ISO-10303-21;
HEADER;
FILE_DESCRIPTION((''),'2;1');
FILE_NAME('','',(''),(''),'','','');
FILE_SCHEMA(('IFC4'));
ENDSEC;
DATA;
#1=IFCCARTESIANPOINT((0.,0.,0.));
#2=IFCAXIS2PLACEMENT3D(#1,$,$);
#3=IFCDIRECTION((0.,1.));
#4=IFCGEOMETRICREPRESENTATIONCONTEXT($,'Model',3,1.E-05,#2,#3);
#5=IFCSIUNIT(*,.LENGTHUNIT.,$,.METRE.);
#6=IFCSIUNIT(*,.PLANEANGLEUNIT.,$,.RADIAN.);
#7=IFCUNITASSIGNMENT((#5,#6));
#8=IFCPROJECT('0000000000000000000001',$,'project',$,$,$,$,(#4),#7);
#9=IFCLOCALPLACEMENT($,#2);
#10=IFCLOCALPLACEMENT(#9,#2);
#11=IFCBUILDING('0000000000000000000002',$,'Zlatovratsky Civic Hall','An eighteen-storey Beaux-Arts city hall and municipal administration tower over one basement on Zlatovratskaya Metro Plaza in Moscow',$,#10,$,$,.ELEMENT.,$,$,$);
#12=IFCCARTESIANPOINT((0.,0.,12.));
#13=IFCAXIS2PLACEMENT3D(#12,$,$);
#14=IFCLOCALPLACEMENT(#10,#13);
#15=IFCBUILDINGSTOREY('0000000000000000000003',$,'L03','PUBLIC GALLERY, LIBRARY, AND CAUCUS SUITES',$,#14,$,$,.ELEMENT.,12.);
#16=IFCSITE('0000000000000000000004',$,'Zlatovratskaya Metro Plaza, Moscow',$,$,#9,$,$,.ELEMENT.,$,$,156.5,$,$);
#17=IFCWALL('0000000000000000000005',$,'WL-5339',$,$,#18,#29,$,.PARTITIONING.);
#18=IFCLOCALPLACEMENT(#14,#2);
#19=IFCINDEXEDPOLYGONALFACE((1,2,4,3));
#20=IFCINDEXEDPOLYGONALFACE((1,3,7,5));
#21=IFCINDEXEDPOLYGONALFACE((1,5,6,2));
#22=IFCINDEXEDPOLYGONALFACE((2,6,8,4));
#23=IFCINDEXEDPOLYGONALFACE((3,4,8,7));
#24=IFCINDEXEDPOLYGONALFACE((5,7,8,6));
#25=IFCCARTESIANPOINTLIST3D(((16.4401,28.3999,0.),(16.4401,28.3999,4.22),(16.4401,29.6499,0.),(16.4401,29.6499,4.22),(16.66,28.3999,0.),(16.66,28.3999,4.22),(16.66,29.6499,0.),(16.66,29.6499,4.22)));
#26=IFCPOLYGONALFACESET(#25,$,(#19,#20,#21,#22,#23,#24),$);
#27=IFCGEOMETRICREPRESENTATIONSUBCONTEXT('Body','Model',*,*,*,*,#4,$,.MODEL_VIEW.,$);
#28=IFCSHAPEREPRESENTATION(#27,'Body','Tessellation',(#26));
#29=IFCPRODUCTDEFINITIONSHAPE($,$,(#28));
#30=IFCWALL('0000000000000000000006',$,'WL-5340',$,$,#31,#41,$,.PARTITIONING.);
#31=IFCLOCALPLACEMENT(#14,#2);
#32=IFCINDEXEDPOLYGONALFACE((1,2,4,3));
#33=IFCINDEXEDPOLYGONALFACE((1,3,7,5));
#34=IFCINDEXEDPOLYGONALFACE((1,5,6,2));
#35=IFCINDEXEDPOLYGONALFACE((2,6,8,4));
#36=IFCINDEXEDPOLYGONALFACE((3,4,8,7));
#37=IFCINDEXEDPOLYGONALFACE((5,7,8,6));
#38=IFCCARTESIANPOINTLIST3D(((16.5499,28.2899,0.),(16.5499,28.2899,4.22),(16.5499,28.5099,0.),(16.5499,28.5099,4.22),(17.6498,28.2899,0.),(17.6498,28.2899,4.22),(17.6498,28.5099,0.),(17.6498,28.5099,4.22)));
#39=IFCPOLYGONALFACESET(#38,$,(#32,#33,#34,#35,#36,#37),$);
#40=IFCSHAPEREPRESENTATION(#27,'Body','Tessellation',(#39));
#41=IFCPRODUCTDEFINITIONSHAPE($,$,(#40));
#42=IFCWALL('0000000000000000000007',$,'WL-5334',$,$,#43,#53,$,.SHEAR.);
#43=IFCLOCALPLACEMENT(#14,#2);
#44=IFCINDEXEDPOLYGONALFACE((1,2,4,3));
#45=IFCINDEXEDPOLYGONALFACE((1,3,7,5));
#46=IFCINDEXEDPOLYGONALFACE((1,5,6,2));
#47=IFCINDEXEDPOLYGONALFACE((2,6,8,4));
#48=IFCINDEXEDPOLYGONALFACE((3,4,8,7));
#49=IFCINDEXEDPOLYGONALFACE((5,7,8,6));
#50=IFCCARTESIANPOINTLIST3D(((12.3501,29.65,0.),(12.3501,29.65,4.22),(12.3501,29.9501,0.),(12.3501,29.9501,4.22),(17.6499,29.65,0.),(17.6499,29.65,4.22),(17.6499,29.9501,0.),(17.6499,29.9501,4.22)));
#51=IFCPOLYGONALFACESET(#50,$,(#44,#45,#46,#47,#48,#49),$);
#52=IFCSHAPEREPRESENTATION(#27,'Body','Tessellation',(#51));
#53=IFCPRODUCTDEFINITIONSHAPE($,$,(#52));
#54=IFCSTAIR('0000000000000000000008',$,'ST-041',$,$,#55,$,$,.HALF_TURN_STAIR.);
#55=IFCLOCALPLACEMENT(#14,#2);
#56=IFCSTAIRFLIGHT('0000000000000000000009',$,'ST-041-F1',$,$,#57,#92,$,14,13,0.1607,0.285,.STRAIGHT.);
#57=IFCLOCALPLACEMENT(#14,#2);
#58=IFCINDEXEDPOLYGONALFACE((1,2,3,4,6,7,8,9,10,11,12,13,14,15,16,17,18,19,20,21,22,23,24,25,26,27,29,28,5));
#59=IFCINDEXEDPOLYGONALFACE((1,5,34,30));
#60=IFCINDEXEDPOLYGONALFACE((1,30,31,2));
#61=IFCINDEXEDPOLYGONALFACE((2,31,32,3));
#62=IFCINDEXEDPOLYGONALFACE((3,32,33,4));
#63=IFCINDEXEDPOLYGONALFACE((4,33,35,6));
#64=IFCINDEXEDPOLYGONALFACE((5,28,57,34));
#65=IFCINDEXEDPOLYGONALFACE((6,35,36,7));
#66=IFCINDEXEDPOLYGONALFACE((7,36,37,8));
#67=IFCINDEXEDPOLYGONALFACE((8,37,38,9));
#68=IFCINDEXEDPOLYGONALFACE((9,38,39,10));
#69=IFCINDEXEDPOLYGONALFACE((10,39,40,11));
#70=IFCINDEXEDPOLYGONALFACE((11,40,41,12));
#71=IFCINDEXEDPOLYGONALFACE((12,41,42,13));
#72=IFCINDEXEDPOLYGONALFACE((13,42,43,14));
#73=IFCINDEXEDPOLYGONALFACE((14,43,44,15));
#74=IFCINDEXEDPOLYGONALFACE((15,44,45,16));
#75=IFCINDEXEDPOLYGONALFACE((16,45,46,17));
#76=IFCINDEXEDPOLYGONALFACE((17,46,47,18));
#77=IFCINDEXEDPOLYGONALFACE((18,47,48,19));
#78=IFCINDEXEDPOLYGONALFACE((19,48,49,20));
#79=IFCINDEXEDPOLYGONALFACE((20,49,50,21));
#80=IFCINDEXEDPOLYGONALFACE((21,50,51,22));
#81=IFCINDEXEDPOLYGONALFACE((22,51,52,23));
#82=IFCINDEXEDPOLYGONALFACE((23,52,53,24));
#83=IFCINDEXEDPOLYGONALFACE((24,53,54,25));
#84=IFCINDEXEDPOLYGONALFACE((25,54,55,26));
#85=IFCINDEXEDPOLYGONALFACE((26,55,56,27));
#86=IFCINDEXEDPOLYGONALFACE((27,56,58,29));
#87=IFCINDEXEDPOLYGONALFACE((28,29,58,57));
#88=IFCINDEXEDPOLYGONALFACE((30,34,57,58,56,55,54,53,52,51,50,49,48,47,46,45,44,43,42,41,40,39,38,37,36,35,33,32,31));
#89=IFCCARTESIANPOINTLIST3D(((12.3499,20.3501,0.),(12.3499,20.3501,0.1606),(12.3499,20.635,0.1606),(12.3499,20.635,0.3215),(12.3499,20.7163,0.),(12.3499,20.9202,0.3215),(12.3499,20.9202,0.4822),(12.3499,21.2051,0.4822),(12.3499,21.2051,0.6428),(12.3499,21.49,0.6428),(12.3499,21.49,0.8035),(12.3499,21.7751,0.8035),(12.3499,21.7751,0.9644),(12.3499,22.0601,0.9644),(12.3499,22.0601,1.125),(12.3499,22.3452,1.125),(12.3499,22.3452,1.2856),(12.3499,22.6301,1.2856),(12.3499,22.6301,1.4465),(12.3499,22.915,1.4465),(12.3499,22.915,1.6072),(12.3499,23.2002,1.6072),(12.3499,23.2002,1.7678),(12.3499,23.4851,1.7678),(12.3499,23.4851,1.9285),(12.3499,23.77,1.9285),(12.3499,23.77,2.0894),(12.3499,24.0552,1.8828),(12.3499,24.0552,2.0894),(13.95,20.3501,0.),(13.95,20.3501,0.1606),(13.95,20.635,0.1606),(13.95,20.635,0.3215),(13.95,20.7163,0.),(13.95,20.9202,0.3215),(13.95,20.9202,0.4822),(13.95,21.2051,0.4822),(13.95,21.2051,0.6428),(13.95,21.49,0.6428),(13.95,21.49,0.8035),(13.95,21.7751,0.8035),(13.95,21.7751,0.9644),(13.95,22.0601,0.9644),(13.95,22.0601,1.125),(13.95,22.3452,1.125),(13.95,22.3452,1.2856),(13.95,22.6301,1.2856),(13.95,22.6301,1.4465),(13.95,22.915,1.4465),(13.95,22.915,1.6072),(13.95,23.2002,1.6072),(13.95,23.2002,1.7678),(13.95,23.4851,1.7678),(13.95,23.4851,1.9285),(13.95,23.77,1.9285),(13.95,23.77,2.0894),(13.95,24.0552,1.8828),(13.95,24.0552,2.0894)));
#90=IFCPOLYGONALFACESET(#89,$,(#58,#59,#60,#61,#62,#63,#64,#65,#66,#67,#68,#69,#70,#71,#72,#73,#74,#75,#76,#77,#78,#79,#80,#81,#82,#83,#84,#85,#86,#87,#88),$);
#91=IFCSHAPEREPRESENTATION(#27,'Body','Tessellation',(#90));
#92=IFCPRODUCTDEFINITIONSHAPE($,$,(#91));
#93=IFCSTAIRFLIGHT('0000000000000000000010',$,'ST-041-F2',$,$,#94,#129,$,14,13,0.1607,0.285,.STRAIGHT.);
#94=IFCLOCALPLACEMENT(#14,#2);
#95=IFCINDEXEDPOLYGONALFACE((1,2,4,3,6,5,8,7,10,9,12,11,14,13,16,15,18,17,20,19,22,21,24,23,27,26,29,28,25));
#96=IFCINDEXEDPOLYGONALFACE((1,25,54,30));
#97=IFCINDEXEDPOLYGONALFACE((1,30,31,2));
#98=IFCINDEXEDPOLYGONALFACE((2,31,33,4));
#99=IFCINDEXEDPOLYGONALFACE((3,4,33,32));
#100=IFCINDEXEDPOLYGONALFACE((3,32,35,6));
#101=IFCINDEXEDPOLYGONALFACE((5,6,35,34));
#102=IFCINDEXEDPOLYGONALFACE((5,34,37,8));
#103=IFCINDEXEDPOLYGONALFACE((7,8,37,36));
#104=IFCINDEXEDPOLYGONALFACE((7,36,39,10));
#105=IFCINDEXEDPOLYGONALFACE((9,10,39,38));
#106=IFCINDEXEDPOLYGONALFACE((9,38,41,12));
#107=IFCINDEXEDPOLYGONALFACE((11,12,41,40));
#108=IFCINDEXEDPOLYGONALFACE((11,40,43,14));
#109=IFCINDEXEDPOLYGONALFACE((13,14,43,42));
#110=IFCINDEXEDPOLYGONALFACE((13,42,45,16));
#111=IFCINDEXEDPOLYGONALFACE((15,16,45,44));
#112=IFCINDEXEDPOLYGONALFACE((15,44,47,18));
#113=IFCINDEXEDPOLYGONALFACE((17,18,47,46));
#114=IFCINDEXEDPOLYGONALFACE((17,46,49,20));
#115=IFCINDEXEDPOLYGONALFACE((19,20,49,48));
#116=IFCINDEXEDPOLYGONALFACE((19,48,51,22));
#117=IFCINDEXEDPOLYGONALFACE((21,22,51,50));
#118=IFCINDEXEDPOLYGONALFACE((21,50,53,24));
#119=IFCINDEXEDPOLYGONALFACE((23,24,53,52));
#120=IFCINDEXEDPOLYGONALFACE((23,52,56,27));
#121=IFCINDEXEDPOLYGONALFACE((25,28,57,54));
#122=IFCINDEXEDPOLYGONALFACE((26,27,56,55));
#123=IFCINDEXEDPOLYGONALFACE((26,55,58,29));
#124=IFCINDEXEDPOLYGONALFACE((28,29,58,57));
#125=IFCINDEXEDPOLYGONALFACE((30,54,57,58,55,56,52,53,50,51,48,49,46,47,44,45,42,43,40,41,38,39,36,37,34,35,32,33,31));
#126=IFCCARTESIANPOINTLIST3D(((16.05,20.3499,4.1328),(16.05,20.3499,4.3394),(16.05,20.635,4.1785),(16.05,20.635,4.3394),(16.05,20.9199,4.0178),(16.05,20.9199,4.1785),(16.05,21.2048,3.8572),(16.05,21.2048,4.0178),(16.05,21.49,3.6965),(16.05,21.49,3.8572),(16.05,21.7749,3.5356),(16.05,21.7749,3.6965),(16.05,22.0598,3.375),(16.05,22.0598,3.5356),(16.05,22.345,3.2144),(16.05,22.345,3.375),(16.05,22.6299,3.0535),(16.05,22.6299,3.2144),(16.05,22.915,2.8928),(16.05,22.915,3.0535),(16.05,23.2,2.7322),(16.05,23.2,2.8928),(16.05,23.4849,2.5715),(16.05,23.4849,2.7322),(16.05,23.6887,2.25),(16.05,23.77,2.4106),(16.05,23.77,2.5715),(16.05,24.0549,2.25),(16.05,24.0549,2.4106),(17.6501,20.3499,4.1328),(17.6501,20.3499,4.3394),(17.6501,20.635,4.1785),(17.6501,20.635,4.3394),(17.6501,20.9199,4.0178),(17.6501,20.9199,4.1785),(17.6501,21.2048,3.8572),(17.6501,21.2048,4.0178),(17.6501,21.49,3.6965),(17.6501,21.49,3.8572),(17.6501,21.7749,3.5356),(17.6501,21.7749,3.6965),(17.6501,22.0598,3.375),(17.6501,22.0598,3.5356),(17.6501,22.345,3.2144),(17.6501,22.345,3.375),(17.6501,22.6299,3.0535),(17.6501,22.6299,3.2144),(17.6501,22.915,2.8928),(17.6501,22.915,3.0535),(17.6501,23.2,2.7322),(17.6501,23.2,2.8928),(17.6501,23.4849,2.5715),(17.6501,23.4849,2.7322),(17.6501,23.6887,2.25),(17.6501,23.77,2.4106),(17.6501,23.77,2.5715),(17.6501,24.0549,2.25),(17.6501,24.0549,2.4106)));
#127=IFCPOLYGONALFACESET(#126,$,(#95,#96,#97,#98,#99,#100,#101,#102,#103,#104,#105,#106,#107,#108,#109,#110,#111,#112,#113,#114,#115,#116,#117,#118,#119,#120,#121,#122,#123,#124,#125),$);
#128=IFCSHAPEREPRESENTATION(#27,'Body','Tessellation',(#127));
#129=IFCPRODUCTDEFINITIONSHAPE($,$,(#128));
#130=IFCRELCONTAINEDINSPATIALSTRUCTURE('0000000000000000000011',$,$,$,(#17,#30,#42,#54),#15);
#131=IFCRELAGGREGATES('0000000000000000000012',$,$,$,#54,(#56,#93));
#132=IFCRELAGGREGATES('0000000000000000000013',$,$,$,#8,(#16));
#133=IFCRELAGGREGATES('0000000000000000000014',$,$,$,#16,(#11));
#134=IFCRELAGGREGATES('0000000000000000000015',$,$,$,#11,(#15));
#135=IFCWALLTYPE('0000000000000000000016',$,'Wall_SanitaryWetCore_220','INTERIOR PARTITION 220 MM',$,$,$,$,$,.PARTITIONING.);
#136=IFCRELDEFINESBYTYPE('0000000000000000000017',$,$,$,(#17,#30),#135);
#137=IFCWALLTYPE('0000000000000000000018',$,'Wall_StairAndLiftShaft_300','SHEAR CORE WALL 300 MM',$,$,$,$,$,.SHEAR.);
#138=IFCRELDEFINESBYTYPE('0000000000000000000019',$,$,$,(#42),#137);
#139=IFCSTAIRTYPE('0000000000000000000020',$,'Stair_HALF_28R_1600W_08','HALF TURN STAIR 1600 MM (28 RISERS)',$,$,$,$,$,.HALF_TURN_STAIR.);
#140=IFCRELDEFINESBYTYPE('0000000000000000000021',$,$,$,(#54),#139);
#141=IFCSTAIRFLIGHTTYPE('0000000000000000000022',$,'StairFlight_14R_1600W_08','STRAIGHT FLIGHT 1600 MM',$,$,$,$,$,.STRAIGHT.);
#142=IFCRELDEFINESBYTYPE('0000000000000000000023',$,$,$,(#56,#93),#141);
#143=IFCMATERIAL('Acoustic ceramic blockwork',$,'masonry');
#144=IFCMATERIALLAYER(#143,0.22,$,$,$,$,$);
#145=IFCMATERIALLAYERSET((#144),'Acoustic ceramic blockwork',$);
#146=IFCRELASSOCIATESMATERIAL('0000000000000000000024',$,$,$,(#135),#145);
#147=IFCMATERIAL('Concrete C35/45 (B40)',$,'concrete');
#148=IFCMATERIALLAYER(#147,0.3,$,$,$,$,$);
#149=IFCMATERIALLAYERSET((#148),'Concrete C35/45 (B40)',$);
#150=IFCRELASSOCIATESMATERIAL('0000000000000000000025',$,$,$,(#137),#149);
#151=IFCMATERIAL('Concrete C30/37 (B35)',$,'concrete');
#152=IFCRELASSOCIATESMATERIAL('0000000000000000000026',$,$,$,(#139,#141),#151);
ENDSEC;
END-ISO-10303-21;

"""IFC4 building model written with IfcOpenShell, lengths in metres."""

from ifc_helpers import new_model, si_unit, direction, frame, frame_2d, origin, place, context, subcontext, project, spatial, polyline, rectangle, outline, extrude, material, layer, layer_set, type_object, element, aggregate, save


model = new_model("IFC4")

# Units and contexts
model_context = context("Model", 3, precision=1e-05, world=origin(), true_north=direction((0.0, 1.0)))
body_context = subcontext(model_context, "Body", "Model", "MODEL_VIEW")
ifc_project = project(units=[si_unit("LENGTHUNIT", "METRE"), si_unit("PLANEANGLEUNIT", "RADIAN")], contexts=[model_context])

# Site, building, storey
site_placement = place(None, origin())
site = spatial("IfcSite", under=ifc_project, at=site_placement, Name="Zlatovratskaya Metro Plaza, Moscow", CompositionType="ELEMENT", RefElevation=156.5)
building_placement = place(site_placement, origin())
building = spatial("IfcBuilding", under=site, at=building_placement, Name="Zlatovratsky Civic Hall", Description="An eighteen-storey Beaux-Arts city hall and municipal administration tower over one basement on Zlatovratskaya Metro Plaza in Moscow", CompositionType="ELEMENT")
storey_placement = place(building_placement, frame((0.0, 0.0, 12.0)))
storey = spatial("IfcBuildingStorey", under=building, at=storey_placement, Name="L03", Description="PUBLIC GALLERY, LIBRARY, AND CAUCUS SUITES", CompositionType="ELEMENT", Elevation=12.0)

# Shared definitions
ifc_material_1 = material(Name="Concrete C35/45 (B40)", Category="concrete")

# Shared definitions
ifc_material_2 = material(Name="Acoustic ceramic blockwork", Category="masonry")

# Walls
ifc_layer_1 = layer(ifc_material_2, 0.22)
ifc_layer_set_1 = layer_set([ifc_layer_1], Name="Acoustic ceramic blockwork")
wall_type_1 = type_object("IfcWallType", Name="Wall_SanitaryWetCore_220", Description="INTERIOR PARTITION 220 MM", PredefinedType="PARTITIONING", material=ifc_layer_set_1)
wall_1_placement = place(storey_placement, frame((16.55, 28.3999, 0.0), z_axis=(0.0, 0.0, 1.0), x_axis=(0.0, 1.0, 0.0)))
element("IfcWall", 1, at=wall_1_placement, inside=storey, type_object=wall_type_1, Name="WL-5339", PredefinedType="PARTITIONING", context=body_context, shape_type="SweptSolid", body=[
    extrude(rectangle(XDim=1.25, YDim=0.22, at=frame_2d((0.625, 0.0))), origin(), (0.0, 0.0, 1.0), 4.22),
])
wall_2_placement = place(storey_placement, frame((16.55, 28.3999, 0.0), z_axis=(0.0, 0.0, 1.0), x_axis=(1.0, 0.0, 0.0)))
element("IfcWall", 2, at=wall_2_placement, inside=storey, type_object=wall_type_1, Name="WL-5340", PredefinedType="PARTITIONING", context=body_context, shape_type="SweptSolid", body=[
    extrude(rectangle(XDim=1.0999, YDim=0.22, at=frame_2d((0.5498, 0.0))), origin(), (0.0, 0.0, 1.0), 4.22),
])
ifc_layer_2 = layer(ifc_material_1, 0.3)
ifc_layer_set_2 = layer_set([ifc_layer_2], Name="Concrete C35/45 (B40)")
wall_type_2 = type_object("IfcWallType", Name="Wall_StairAndLiftShaft_300", Description="SHEAR CORE WALL 300 MM", PredefinedType="SHEAR", material=ifc_layer_set_2)
wall_3_placement = place(storey_placement, frame((12.3501, 29.8, 0.0), z_axis=(0.0, 0.0, 1.0), x_axis=(1.0, 0.0, 0.0)))
element("IfcWall", 3, at=wall_3_placement, inside=storey, type_object=wall_type_2, Name="WL-5334", PredefinedType="SHEAR", context=body_context, shape_type="SweptSolid", body=[
    extrude(rectangle(XDim=5.2998, YDim=0.3, at=frame_2d((2.6499, 0.0))), origin(), (0.0, 0.0, 1.0), 4.22),
])

# Stair, stair flights
ifc_material_3 = material(Name="Concrete C30/37 (B35)", Category="concrete")
stair_type = type_object("IfcStairType", Name="Stair_HALF_28R_1600W_08", Description="HALF TURN STAIR 1600 MM (28 RISERS)", PredefinedType="HALF_TURN_STAIR", material=ifc_material_3)
stair_placement = place(storey_placement, origin())
stair = element("IfcStair", 4, at=stair_placement, inside=storey, type_object=stair_type, Name="ST-041", PredefinedType="HALF_TURN_STAIR")
stair_flight_type = type_object("IfcStairFlightType", Name="StairFlight_14R_1600W_08", Description="STRAIGHT FLIGHT 1600 MM", PredefinedType="STRAIGHT", material=ifc_material_3)
stair_flight_1_placement = place(storey_placement, frame((13.1499, 20.3501, 0.0), z_axis=(0.0, 0.0, 1.0), x_axis=(0.0, 1.0, 0.0)))
stair_flight_1 = element("IfcStairFlight", 5, at=stair_flight_1_placement, type_object=stair_flight_type, Name="ST-041-F1", NumberOfRisers=14, NumberOfTreads=13, PredefinedType="STRAIGHT", RiserHeight=0.1607, TreadLength=0.285, context=body_context, shape_type="SweptSolid", body=[
    extrude(outline(polyline([(0.0, 0.0), (0.0, 0.1606), (0.2849, 0.1606), (0.2849, 0.3215), (0.5701, 0.3215), (0.5701, 0.4822), (0.855, 0.4822), (0.855, 0.6428), (1.1399, 0.6428), (1.1399, 0.8035), (1.425, 0.8035), (1.425, 0.9644), (1.71, 0.9644), (1.71, 1.125), (1.9951, 1.125), (1.9951, 1.2856), (2.28, 1.2856), (2.28, 1.4465), (2.5649, 1.4465), (2.5649, 1.6072), (2.8501, 1.6072), (2.8501, 1.7678), (3.135, 1.7678), (3.135, 1.9285), (3.4199, 1.9285), (3.4199, 2.0894), (3.7051, 2.0894), (3.7051, 2.25), (3.7051, 1.8828), (0.3662, 0.0), (0.0, 0.0)])), frame((0.0, 0.8, 0.0), z_axis=(0.0, -1.0, 0.0), x_axis=(1.0, 0.0, 0.0)), (0.0, 0.0, 1.0), 1.6001),
])
stair_flight_2_placement = place(storey_placement, frame((16.8501, 24.0549, 2.25), z_axis=(0.0, 0.0, 1.0), x_axis=(0.0, -1.0, 0.0)))
stair_flight_2 = element("IfcStairFlight", 6, at=stair_flight_2_placement, type_object=stair_flight_type, Name="ST-041-F2", NumberOfRisers=14, NumberOfTreads=13, PredefinedType="STRAIGHT", RiserHeight=0.1607, TreadLength=0.285, context=body_context, shape_type="SweptSolid", body=[
    extrude(outline(polyline([(0.0, 0.0), (0.0, 0.1606), (0.2849, 0.1606), (0.2849, 0.3215), (0.5701, 0.3215), (0.5701, 0.4822), (0.855, 0.4822), (0.855, 0.6428), (1.1399, 0.6428), (1.1399, 0.8035), (1.425, 0.8035), (1.425, 0.9644), (1.71, 0.9644), (1.71, 1.125), (1.9951, 1.125), (1.9951, 1.2856), (2.28, 1.2856), (2.28, 1.4465), (2.5649, 1.4465), (2.5649, 1.6072), (2.8501, 1.6072), (2.8501, 1.7678), (3.135, 1.7678), (3.135, 1.9285), (3.4199, 1.9285), (3.4199, 2.0894), (3.7051, 2.0894), (3.7051, 2.25), (3.7051, 1.8828), (0.3662, 0.0), (0.0, 0.0)])), frame((0.0, 0.8, 0.0), z_axis=(0.0, -1.0, 0.0), x_axis=(1.0, 0.0, 0.0)), (0.0, 0.0, 1.0), 1.6001),
])
aggregate(stair, [stair_flight_1, stair_flight_2])

save(model, "model.ifc")
